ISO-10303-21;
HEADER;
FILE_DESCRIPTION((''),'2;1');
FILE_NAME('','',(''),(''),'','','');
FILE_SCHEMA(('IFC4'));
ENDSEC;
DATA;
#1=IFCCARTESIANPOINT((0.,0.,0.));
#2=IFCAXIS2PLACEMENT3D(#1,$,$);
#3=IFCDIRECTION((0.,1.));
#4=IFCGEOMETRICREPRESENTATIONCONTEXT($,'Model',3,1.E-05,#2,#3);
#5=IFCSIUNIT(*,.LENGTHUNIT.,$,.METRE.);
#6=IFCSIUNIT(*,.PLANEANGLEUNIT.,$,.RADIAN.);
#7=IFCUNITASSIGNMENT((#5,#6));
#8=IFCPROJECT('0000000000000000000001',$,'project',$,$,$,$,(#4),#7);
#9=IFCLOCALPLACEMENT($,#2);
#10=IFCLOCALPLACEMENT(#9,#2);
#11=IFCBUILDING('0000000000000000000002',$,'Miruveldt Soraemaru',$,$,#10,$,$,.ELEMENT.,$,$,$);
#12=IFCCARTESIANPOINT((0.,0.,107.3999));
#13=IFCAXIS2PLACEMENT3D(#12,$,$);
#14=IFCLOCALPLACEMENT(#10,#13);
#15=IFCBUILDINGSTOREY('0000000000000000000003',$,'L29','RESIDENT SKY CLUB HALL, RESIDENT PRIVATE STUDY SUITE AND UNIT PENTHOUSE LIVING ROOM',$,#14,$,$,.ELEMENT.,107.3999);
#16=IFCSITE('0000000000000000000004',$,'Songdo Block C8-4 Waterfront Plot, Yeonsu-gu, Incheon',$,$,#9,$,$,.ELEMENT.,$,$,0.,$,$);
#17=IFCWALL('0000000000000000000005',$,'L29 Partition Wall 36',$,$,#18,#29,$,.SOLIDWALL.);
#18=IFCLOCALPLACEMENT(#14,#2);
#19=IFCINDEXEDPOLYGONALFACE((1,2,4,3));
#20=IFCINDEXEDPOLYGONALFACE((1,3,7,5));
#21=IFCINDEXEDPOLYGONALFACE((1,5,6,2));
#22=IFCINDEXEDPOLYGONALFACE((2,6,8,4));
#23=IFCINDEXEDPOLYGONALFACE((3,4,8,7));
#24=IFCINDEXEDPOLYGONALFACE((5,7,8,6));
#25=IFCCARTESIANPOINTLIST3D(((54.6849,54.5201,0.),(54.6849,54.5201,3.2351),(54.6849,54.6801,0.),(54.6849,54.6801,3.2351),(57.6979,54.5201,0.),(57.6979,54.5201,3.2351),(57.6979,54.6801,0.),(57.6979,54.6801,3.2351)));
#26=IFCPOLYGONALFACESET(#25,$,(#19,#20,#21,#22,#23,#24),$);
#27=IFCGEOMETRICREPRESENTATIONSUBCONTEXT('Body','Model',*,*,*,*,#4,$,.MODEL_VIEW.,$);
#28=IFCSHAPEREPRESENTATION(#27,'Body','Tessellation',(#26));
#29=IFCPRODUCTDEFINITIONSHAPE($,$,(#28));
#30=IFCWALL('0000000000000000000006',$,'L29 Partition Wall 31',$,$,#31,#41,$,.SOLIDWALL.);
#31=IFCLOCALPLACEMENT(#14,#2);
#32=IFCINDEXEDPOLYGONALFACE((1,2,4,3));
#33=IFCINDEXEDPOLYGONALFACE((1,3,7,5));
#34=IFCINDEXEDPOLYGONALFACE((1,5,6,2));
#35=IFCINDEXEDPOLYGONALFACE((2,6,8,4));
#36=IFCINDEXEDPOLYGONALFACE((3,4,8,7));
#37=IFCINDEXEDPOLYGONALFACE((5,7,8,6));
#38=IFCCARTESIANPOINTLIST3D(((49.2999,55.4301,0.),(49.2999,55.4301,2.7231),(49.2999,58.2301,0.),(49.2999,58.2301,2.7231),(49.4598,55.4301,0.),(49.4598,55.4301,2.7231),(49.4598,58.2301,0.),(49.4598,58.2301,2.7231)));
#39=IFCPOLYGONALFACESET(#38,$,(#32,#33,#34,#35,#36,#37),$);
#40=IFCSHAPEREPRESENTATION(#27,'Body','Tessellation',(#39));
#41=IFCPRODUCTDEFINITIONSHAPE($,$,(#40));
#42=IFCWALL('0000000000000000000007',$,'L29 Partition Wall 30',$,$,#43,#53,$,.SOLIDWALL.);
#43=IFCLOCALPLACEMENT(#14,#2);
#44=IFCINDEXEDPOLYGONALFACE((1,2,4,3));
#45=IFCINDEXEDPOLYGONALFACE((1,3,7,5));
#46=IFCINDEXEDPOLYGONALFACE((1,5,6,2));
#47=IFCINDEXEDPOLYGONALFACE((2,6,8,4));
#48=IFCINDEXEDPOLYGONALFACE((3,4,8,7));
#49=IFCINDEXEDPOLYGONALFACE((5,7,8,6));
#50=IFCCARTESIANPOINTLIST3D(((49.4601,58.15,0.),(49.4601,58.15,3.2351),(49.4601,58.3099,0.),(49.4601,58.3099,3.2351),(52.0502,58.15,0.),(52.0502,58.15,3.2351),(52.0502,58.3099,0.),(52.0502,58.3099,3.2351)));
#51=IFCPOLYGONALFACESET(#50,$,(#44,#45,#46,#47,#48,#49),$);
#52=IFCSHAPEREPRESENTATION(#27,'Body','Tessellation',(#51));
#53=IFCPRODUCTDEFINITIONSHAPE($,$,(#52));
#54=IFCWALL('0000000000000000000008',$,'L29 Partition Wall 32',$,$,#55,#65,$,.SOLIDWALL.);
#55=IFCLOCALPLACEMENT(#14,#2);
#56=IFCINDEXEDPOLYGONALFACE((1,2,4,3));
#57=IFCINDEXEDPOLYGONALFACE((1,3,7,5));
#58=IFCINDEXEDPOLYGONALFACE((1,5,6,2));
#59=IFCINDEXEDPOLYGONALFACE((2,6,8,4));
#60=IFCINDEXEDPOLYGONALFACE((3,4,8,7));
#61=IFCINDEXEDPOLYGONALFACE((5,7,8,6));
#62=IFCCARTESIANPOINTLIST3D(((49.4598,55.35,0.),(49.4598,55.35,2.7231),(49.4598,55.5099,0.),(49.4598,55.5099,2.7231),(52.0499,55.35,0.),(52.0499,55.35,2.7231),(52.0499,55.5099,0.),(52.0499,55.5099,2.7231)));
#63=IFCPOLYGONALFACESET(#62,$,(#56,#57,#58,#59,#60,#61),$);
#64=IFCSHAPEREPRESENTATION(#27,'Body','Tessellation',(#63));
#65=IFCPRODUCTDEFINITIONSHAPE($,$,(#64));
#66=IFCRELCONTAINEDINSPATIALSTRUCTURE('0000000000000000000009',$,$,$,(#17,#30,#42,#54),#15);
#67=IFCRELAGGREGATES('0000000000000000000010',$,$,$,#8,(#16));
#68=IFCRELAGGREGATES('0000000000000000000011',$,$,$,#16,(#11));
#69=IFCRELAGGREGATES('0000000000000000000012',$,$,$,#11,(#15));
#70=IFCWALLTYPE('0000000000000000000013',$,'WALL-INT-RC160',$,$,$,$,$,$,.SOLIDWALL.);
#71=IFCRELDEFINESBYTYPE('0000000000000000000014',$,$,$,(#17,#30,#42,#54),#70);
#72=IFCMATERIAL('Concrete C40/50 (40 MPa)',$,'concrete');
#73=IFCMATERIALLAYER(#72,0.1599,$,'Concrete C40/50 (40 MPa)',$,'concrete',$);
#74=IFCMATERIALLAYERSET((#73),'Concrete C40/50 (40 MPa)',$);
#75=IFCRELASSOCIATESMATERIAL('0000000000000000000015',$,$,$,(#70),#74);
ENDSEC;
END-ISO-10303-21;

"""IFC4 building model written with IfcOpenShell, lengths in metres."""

from ifc_helpers import new_model, si_unit, direction, frame, frame_2d, origin, place, context, subcontext, project, spatial, rectangle, extrude, material, layer, layer_set, type_object, element, save


model = new_model("IFC4")

# Units and contexts
model_context = context("Model", 3, precision=1e-05, world=origin(), true_north=direction((0.0, 1.0)))
body_context = subcontext(model_context, "Body", "Model", "MODEL_VIEW")
ifc_project = project(units=[si_unit("LENGTHUNIT", "METRE"), si_unit("PLANEANGLEUNIT", "RADIAN")], contexts=[model_context])

# Site, building, storey
site_placement = place(None, origin())
site = spatial("IfcSite", under=ifc_project, at=site_placement, Name="Songdo Block C8-4 Waterfront Plot, Yeonsu-gu, Incheon", CompositionType="ELEMENT", RefElevation=0.0)
building_placement = place(site_placement, origin())
building = spatial("IfcBuilding", under=site, at=building_placement, Name="Miruveldt Soraemaru", CompositionType="ELEMENT")
storey_placement = place(building_placement, frame((0.0, 0.0, 107.3999)))
storey = spatial("IfcBuildingStorey", under=building, at=storey_placement, Name="L29", Description="RESIDENT SKY CLUB HALL, RESIDENT PRIVATE STUDY SUITE AND UNIT PENTHOUSE LIVING ROOM", CompositionType="ELEMENT", Elevation=107.3999)

# Shared definitions
ifc_material_1 = material(Name="Concrete C40/50 (40 MPa)", Category="concrete")
ifc_layer_1 = layer(ifc_material_1, 0.1599, Name="Concrete C40/50 (40 MPa)", Category="concrete")
ifc_layer_set_1 = layer_set([ifc_layer_1], Name="Concrete C40/50 (40 MPa)")
wall_type_1 = type_object("IfcWallType", Name="WALL-INT-RC160", PredefinedType="SOLIDWALL", material=ifc_layer_set_1)

# Walls
wall_1_placement = place(storey_placement, frame((54.6851, 54.6001, 0.0), z_axis=(0.0, 0.0, 1.0), x_axis=(1.0, 0.0, 0.0)))
element("IfcWall", 1, at=wall_1_placement, inside=storey, type_object=wall_type_1, Name="L29 Partition Wall 36", PredefinedType="SOLIDWALL", context=body_context, shape_type="SweptSolid", body=[
    extrude(rectangle(XDim=3.0129, YDim=0.1599, at=frame_2d((1.5063, 0.0))), origin(), (0.0, 0.0, 1.0), 3.2351),
])
wall_2_placement = place(storey_placement, frame((49.3799, 58.23, 0.0), z_axis=(0.0, 0.0, 1.0), x_axis=(0.0, -1.0, 0.0)))
element("IfcWall", 2, at=wall_2_placement, inside=storey, type_object=wall_type_1, Name="L29 Partition Wall 31", PredefinedType="SOLIDWALL", context=body_context, shape_type="SweptSolid", body=[
    extrude(rectangle(XDim=2.8, YDim=0.1599, at=frame_2d((1.3999, 0.0))), origin(), (0.0, 0.0, 1.0), 2.7231),
])
wall_3_placement = place(storey_placement, frame((52.05, 58.23, 0.0), z_axis=(0.0, 0.0, 1.0), x_axis=(-1.0, 0.0, 0.0)))
element("IfcWall", 3, at=wall_3_placement, inside=storey, type_object=wall_type_1, Name="L29 Partition Wall 30", PredefinedType="SOLIDWALL", context=body_context, shape_type="SweptSolid", body=[
    extrude(rectangle(XDim=2.5901, YDim=0.1599, at=frame_2d((1.2949, 0.0))), origin(), (0.0, 0.0, 1.0), 3.2351),
])
wall_4_placement = place(storey_placement, frame((49.46, 55.4299, 0.0), z_axis=(0.0, 0.0, 1.0), x_axis=(1.0, 0.0, 0.0)))
element("IfcWall", 4, at=wall_4_placement, inside=storey, type_object=wall_type_1, Name="L29 Partition Wall 32", PredefinedType="SOLIDWALL", context=body_context, shape_type="SweptSolid", body=[
    extrude(rectangle(XDim=2.5901, YDim=0.1599, at=frame_2d((1.2949, 0.0))), origin(), (0.0, 0.0, 1.0), 2.7231),
])

save(model, "model.ifc")
